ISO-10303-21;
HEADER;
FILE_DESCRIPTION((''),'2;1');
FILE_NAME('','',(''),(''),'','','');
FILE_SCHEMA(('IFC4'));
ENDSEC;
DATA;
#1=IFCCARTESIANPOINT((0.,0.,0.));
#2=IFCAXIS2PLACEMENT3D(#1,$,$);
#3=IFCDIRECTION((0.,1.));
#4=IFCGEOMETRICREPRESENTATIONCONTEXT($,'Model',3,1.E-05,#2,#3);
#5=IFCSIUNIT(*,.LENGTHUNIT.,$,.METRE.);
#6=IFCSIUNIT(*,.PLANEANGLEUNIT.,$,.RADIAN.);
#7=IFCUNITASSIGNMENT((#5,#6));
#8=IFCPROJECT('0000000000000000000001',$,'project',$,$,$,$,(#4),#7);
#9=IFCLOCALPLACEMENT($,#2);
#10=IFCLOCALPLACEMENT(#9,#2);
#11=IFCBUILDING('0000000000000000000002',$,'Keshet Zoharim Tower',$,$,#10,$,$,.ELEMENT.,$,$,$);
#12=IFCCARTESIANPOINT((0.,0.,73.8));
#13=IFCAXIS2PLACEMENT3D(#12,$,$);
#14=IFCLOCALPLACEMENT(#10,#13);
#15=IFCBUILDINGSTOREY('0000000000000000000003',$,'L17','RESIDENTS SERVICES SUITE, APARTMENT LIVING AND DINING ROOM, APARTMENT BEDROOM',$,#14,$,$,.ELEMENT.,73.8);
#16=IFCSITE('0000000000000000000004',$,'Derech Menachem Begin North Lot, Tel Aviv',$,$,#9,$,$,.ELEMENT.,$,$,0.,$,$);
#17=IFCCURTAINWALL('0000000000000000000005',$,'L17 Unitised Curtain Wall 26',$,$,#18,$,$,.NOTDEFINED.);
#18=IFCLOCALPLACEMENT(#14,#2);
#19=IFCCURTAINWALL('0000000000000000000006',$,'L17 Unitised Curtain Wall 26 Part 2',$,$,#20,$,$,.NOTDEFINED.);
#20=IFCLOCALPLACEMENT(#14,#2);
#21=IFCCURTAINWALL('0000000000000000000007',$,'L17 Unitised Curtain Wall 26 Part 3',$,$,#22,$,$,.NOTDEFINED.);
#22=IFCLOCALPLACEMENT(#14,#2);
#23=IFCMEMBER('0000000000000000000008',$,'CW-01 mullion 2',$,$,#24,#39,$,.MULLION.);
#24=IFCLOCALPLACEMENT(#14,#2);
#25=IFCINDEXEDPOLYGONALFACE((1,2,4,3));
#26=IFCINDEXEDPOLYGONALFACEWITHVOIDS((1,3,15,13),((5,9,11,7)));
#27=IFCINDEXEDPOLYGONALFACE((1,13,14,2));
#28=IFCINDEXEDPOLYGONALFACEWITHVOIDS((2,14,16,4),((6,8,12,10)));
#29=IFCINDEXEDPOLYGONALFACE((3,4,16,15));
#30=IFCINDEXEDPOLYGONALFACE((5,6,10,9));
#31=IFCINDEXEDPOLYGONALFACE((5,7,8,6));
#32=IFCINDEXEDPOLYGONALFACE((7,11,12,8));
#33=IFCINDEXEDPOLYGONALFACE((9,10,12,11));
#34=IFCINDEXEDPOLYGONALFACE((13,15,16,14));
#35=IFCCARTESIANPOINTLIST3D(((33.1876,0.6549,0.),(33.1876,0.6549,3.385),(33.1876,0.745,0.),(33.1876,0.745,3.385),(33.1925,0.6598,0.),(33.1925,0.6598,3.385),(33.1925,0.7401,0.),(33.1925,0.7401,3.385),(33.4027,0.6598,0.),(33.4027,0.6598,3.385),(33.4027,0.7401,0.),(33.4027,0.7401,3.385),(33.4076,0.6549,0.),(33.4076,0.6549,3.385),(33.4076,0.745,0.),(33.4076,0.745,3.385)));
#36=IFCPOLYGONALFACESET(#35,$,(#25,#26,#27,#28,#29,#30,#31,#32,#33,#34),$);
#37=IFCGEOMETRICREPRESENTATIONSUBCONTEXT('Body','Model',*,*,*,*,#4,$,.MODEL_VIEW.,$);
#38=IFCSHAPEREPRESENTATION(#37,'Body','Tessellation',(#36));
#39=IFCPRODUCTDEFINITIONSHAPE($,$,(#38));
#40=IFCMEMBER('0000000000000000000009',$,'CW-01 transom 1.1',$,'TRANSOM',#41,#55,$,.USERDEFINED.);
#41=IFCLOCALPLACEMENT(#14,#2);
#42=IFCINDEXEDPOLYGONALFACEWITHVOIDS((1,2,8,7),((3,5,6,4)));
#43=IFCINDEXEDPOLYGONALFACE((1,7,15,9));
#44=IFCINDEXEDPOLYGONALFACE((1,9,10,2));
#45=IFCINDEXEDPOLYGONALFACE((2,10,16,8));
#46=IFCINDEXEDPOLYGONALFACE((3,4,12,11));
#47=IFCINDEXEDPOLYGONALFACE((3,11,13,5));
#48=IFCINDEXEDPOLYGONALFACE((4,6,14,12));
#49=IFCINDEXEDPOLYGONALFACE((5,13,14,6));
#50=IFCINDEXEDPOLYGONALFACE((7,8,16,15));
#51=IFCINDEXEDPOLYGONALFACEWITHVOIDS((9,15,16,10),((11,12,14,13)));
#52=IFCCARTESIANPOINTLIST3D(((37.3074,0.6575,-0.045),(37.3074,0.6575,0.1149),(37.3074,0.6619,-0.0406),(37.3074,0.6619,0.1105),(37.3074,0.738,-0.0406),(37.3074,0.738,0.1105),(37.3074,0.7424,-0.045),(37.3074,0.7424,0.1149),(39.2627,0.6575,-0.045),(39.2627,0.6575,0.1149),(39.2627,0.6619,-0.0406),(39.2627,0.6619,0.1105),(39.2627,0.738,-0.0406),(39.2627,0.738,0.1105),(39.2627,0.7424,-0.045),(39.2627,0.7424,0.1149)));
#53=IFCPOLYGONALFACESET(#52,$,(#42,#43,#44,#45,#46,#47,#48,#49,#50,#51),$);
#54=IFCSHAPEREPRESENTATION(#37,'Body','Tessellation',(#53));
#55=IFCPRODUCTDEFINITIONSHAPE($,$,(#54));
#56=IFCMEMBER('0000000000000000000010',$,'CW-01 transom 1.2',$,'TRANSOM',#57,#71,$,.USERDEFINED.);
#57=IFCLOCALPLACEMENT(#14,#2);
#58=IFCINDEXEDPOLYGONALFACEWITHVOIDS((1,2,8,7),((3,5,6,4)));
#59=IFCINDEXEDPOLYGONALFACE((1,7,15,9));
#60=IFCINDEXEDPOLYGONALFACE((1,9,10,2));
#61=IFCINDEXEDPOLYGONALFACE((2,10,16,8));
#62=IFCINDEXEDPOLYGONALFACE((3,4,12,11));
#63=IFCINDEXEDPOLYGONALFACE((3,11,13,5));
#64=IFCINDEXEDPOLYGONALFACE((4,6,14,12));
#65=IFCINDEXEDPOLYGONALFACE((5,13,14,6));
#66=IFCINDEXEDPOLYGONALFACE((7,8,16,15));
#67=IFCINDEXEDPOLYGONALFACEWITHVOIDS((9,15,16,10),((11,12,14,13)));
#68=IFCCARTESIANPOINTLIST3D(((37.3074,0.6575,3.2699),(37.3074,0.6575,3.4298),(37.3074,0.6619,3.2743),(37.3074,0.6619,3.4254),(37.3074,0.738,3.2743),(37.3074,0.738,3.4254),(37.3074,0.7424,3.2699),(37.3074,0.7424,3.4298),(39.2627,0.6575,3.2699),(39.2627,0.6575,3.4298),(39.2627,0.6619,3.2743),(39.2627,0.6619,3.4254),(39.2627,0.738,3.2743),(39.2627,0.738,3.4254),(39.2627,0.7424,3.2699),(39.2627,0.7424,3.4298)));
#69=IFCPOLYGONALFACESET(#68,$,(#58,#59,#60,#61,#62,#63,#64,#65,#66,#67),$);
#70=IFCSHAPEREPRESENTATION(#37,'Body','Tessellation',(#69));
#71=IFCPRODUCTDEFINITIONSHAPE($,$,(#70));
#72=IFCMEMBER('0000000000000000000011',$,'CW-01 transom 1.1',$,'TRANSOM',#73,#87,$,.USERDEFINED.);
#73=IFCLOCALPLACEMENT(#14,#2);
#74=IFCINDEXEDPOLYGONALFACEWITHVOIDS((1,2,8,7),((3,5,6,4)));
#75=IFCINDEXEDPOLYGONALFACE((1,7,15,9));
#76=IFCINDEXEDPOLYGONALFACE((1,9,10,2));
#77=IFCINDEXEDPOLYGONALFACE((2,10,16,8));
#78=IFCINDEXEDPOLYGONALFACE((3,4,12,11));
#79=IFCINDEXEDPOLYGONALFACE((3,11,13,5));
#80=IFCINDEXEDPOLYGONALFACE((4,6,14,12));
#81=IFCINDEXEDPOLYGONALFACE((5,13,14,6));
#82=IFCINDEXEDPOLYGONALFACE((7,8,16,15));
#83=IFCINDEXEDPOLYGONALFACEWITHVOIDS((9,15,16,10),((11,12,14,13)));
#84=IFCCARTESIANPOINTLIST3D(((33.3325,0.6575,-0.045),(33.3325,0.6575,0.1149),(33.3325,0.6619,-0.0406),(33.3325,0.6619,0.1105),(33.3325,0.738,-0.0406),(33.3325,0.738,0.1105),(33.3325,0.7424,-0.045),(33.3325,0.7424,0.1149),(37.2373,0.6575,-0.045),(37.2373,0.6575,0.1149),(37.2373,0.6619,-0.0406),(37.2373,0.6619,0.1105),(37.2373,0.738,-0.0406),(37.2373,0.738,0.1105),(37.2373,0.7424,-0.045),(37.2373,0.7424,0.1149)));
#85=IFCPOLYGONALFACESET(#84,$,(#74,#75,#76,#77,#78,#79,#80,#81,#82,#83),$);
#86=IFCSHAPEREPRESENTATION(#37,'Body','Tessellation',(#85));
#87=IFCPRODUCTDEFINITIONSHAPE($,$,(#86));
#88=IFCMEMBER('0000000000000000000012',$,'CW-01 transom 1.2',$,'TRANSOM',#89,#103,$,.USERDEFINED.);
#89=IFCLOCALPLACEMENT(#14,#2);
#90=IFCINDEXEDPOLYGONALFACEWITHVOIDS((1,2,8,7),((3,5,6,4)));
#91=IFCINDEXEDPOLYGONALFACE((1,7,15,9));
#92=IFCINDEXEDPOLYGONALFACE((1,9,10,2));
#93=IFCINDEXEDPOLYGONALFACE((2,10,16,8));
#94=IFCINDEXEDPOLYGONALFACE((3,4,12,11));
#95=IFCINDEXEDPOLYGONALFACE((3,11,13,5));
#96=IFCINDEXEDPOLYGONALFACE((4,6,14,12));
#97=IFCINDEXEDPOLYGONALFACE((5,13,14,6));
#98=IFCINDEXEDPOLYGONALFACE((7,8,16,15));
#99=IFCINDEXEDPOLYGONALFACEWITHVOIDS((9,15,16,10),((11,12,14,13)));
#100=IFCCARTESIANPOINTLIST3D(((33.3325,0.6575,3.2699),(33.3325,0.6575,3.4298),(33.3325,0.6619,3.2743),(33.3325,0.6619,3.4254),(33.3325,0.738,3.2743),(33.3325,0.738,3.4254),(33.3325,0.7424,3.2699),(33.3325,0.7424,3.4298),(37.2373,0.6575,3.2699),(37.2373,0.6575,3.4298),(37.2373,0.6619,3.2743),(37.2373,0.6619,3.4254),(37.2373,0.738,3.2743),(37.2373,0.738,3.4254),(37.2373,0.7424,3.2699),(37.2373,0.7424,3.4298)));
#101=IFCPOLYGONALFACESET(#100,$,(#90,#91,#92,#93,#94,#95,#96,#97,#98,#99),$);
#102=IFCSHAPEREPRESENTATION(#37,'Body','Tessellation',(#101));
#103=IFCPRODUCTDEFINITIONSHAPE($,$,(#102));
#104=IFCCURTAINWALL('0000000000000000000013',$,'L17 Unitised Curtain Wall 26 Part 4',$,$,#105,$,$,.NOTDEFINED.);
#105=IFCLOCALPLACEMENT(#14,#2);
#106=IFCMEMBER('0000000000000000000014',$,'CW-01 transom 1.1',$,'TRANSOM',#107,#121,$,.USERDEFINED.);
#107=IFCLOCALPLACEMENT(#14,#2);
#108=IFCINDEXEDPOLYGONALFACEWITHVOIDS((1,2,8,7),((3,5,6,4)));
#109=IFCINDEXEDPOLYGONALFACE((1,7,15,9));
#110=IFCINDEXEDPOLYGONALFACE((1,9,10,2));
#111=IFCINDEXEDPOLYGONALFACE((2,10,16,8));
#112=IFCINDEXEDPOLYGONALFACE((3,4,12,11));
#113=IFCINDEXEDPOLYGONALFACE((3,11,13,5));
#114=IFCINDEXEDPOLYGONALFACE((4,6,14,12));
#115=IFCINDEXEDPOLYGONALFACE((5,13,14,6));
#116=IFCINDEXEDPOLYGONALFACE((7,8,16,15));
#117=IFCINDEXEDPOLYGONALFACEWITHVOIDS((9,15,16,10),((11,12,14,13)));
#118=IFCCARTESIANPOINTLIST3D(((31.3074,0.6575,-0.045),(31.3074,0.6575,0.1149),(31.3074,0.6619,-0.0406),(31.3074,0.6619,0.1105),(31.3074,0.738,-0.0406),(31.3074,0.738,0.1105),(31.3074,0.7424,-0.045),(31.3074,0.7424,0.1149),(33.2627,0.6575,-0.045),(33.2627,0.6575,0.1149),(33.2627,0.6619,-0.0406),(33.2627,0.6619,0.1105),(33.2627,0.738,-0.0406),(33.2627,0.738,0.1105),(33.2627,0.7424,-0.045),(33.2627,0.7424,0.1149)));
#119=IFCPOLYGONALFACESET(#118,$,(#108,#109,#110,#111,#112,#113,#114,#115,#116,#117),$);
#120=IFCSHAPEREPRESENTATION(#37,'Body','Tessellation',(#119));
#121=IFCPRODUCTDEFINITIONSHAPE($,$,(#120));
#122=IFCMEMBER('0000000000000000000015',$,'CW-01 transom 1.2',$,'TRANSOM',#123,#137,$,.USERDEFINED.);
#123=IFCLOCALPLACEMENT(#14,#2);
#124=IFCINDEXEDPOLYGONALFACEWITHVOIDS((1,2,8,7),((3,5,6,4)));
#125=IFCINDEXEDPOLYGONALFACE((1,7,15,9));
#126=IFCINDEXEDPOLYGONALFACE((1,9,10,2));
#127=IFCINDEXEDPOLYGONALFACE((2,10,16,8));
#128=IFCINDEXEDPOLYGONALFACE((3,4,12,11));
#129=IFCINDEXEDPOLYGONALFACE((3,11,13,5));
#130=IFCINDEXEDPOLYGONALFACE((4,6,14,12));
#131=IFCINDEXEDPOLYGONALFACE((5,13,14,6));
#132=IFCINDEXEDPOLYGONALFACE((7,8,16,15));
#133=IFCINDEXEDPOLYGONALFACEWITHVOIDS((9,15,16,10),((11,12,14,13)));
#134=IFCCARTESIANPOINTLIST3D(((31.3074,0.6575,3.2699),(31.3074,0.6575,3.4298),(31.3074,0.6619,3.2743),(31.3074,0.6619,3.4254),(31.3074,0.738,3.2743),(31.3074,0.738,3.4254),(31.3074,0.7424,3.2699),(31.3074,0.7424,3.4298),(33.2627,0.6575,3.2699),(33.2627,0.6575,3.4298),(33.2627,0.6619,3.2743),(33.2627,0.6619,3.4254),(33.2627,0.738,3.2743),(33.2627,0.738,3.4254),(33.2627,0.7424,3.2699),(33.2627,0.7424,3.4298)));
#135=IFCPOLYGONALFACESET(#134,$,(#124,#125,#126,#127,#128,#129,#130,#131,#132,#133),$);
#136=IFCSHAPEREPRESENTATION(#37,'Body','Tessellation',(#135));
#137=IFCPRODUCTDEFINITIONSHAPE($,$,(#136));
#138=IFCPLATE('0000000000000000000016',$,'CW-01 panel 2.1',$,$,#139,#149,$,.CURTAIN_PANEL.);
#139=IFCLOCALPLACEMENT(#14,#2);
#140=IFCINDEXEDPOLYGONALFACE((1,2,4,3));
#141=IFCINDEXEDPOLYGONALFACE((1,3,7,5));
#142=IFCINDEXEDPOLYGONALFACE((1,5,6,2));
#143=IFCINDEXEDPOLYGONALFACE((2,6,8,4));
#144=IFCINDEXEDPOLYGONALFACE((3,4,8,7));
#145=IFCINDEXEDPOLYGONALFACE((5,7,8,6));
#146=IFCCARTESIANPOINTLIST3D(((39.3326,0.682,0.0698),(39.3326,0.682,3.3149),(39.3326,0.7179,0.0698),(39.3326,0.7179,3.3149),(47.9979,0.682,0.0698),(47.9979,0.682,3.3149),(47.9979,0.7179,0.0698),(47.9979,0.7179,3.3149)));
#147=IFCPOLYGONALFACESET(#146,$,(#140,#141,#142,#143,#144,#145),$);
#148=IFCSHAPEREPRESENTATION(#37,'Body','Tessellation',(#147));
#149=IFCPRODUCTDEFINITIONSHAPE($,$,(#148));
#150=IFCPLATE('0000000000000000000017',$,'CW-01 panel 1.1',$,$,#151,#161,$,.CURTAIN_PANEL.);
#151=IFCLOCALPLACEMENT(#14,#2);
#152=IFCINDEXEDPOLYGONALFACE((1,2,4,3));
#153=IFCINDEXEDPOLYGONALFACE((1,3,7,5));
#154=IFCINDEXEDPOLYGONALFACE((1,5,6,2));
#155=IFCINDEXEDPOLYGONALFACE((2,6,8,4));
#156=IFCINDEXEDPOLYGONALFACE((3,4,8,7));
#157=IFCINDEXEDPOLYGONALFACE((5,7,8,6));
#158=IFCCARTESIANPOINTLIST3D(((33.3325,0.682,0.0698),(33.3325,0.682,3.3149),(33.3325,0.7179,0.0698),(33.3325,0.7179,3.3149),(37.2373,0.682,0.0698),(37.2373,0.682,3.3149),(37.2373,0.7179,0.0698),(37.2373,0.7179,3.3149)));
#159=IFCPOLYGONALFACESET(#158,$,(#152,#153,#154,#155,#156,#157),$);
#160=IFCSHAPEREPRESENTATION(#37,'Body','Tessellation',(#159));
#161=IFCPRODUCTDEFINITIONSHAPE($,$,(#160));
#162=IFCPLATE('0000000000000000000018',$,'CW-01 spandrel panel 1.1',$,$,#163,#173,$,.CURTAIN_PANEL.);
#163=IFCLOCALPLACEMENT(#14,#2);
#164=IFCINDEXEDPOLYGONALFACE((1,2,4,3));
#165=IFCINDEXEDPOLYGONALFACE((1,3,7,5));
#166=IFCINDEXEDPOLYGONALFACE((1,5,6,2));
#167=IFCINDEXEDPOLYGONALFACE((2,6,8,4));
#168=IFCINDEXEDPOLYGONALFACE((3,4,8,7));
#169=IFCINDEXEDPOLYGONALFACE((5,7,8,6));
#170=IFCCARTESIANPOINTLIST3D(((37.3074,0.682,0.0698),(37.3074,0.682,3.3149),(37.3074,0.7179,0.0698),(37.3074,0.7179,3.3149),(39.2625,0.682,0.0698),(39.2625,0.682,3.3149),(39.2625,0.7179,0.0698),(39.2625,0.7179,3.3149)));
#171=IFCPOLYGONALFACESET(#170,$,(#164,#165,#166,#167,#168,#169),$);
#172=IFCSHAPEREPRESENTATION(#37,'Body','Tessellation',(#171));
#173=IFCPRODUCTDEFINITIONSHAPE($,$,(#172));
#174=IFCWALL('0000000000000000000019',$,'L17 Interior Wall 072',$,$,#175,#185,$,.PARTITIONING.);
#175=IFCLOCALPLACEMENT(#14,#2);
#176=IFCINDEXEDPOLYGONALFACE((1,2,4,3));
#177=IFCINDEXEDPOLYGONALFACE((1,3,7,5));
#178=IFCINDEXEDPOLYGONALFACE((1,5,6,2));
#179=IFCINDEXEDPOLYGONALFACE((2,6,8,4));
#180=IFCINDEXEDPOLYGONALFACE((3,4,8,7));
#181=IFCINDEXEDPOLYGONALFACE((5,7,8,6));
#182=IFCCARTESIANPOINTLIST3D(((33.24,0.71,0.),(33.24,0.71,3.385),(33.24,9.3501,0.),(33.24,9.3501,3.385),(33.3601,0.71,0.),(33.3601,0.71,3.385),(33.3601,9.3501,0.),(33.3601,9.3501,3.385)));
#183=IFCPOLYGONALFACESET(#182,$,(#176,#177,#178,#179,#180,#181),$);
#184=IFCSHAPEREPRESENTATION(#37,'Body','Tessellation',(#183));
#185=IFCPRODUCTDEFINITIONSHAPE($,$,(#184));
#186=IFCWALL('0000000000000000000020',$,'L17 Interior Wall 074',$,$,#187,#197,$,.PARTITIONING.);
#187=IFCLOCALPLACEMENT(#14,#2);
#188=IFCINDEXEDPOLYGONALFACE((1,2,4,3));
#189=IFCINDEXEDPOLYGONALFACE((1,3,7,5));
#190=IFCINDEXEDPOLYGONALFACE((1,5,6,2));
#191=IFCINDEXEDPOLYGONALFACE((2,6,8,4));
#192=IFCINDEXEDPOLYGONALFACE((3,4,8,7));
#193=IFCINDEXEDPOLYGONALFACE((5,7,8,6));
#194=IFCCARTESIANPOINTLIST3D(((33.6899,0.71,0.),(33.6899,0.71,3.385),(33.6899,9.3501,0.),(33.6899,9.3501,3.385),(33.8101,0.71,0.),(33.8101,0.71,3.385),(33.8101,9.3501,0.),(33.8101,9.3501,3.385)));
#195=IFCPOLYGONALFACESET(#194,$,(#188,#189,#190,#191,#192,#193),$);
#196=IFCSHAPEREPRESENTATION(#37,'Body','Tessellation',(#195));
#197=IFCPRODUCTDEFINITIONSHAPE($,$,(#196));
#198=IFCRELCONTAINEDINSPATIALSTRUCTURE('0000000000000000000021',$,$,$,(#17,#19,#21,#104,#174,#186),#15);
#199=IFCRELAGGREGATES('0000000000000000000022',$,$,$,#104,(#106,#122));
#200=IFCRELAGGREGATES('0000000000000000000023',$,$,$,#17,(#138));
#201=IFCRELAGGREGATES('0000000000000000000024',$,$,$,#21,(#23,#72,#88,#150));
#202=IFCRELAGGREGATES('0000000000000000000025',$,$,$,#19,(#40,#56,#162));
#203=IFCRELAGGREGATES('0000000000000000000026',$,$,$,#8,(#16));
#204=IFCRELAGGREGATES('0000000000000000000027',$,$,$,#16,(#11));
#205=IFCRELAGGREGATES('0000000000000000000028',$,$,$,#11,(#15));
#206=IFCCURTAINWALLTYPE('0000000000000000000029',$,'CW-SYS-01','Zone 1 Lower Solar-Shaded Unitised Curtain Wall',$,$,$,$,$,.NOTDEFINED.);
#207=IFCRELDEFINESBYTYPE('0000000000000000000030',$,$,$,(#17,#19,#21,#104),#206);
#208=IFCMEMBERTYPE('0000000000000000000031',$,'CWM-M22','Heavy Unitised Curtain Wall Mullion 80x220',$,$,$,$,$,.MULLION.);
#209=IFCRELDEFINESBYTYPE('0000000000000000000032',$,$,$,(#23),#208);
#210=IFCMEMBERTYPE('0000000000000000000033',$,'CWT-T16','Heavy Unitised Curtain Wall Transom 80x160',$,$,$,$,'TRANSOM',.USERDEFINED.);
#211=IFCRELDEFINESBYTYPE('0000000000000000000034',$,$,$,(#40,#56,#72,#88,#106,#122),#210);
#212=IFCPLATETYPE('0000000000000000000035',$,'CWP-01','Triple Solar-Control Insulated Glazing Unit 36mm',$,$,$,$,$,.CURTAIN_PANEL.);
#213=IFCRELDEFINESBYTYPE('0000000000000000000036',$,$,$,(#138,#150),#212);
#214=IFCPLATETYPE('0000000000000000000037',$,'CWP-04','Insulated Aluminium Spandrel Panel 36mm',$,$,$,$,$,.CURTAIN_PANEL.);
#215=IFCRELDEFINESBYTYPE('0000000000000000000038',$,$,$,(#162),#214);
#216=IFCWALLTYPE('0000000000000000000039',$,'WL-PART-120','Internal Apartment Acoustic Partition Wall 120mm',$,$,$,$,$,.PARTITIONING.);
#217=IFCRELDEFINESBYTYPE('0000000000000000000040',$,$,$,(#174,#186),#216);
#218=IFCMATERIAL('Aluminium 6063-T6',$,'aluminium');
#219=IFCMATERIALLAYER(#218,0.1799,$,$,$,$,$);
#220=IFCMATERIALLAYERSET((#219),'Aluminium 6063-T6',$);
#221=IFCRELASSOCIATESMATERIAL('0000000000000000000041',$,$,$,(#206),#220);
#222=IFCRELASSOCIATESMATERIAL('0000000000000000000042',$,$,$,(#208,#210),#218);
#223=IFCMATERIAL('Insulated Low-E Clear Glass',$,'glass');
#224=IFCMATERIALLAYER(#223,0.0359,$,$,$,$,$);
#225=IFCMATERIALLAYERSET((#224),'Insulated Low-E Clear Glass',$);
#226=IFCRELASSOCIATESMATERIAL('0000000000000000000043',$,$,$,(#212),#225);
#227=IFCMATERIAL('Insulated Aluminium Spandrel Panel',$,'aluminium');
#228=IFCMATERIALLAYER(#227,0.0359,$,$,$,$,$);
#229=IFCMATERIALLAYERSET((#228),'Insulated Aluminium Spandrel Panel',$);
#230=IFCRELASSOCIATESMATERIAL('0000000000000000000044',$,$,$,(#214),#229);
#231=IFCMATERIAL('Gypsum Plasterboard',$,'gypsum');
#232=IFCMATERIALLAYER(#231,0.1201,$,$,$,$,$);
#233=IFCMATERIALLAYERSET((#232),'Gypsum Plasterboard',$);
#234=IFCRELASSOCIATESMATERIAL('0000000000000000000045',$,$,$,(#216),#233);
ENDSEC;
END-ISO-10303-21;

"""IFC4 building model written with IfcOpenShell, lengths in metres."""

from ifc_helpers import new_model, si_unit, direction, frame, frame_2d, origin, origin_2d, place, context, subcontext, project, spatial, rectangle, hollow_rectangle, extrude, material, layer, layer_set, material_profile, profile_set, type_object, element, aggregate, save


model = new_model("IFC4")

# Units and contexts
model_context = context("Model", 3, precision=1e-05, world=origin(), true_north=direction((0.0, 1.0)))
body_context = subcontext(model_context, "Body", "Model", "MODEL_VIEW")
ifc_project = project(units=[si_unit("LENGTHUNIT", "METRE"), si_unit("PLANEANGLEUNIT", "RADIAN")], contexts=[model_context])

# Site, building, storey
site_placement = place(None, origin())
site = spatial("IfcSite", under=ifc_project, at=site_placement, Name="Derech Menachem Begin North Lot, Tel Aviv", CompositionType="ELEMENT", RefElevation=0.0)
building_placement = place(site_placement, origin())
building = spatial("IfcBuilding", under=site, at=building_placement, Name="Keshet Zoharim Tower", CompositionType="ELEMENT")
storey_placement = place(building_placement, frame((0.0, 0.0, 73.8)))
storey = spatial("IfcBuildingStorey", under=building, at=storey_placement, Name="L17", Description="RESIDENTS SERVICES SUITE, APARTMENT LIVING AND DINING ROOM, APARTMENT BEDROOM", CompositionType="ELEMENT", Elevation=73.8)

# Curtain walls, member
ifc_material_1 = material(Name="Aluminium 6063-T6", Category="aluminium")
ifc_layer_1 = layer(ifc_material_1, 0.1799)
ifc_layer_set_1 = layer_set([ifc_layer_1], Name="Aluminium 6063-T6")
curtain_wall_type = type_object("IfcCurtainWallType", Name="CW-SYS-01", Description="Zone 1 Lower Solar-Shaded Unitised Curtain Wall", PredefinedType="NOTDEFINED", material=ifc_layer_set_1)
curtain_wall_1_placement = place(storey_placement, origin())
curtain_wall_1 = element("IfcCurtainWall", 1, at=curtain_wall_1_placement, inside=storey, type_object=curtain_wall_type, Name="L17 Unitised Curtain Wall 26", PredefinedType="NOTDEFINED")
ifc_material_profile_1 = material_profile(ifc_material_1, hollow_rectangle(XDim=0.0901, YDim=0.22, WallThickness=0.0049, at=origin_2d()), Name="MUL-90x220")
ifc_profile_set_1 = profile_set([ifc_material_profile_1], Name="Aluminium 6063-T6")
member_type_1 = type_object("IfcMemberType", Name="CWM-M22", Description="Heavy Unitised Curtain Wall Mullion 80x220", PredefinedType="MULLION", material=ifc_profile_set_1)
curtain_wall_2_placement = place(storey_placement, origin())
curtain_wall_2 = element("IfcCurtainWall", 2, at=curtain_wall_2_placement, inside=storey, type_object=curtain_wall_type, Name="L17 Unitised Curtain Wall 26 Part 2", PredefinedType="NOTDEFINED")
curtain_wall_3_placement = place(storey_placement, origin())
curtain_wall_3 = element("IfcCurtainWall", 3, at=curtain_wall_3_placement, inside=storey, type_object=curtain_wall_type, Name="L17 Unitised Curtain Wall 26 Part 3", PredefinedType="NOTDEFINED")
member_1_placement = place(storey_placement, frame((33.2976, 0.7, 0.0), z_axis=(0.0, 0.0, 1.0), x_axis=(0.0, -1.0, 0.0)))
member_1 = element("IfcMember", 4, at=member_1_placement, type_object=member_type_1, Name="CW-01 mullion 2", PredefinedType="MULLION", context=body_context, shape_type="SweptSolid", body=[
    extrude(hollow_rectangle(XDim=0.0901, YDim=0.22, WallThickness=0.0049, at=origin_2d()), origin(), (0.0, 0.0, 1.0), 3.385),
])

# Members
ifc_material_profile_2 = material_profile(ifc_material_1, hollow_rectangle(XDim=0.085, YDim=0.1599, WallThickness=0.0044, at=origin_2d()), Name="TRN-85x160")
ifc_profile_set_2 = profile_set([ifc_material_profile_2], Name="Aluminium 6063-T6")
member_type_2 = type_object("IfcMemberType", Name="CWT-T16", Description="Heavy Unitised Curtain Wall Transom 80x160", ElementType="TRANSOM", PredefinedType="USERDEFINED", material=ifc_profile_set_2)
member_2_placement = place(storey_placement, frame((39.2627, 0.7, 0.0349), z_axis=(-1.0, 0.0, 0.0), x_axis=(0.0, -1.0, 0.0)))
member_2 = element("IfcMember", 5, at=member_2_placement, type_object=member_type_2, Name="CW-01 transom 1.1", ObjectType="TRANSOM", PredefinedType="USERDEFINED", context=body_context, shape_type="SweptSolid", body=[
    extrude(hollow_rectangle(XDim=0.085, YDim=0.1599, WallThickness=0.0044, at=origin_2d()), origin(), (0.0, 0.0, 1.0), 1.9553),
])
member_3_placement = place(storey_placement, frame((39.2627, 0.7, 3.3499), z_axis=(-1.0, 0.0, 0.0), x_axis=(0.0, -1.0, 0.0)))
member_3 = element("IfcMember", 6, at=member_3_placement, type_object=member_type_2, Name="CW-01 transom 1.2", ObjectType="TRANSOM", PredefinedType="USERDEFINED", context=body_context, shape_type="SweptSolid", body=[
    extrude(hollow_rectangle(XDim=0.085, YDim=0.1599, WallThickness=0.0044, at=origin_2d()), origin(), (0.0, 0.0, 1.0), 1.9553),
])
member_4_placement = place(storey_placement, frame((37.2373, 0.7, 0.0349), z_axis=(-1.0, 0.0, 0.0), x_axis=(0.0, -1.0, 0.0)))
member_4 = element("IfcMember", 7, at=member_4_placement, type_object=member_type_2, Name="CW-01 transom 1.1", ObjectType="TRANSOM", PredefinedType="USERDEFINED", context=body_context, shape_type="SweptSolid", body=[
    extrude(hollow_rectangle(XDim=0.085, YDim=0.1599, WallThickness=0.0044, at=origin_2d()), origin(), (0.0, 0.0, 1.0), 3.9048),
])
member_5_placement = place(storey_placement, frame((37.2373, 0.7, 3.3499), z_axis=(-1.0, 0.0, 0.0), x_axis=(0.0, -1.0, 0.0)))
member_5 = element("IfcMember", 8, at=member_5_placement, type_object=member_type_2, Name="CW-01 transom 1.2", ObjectType="TRANSOM", PredefinedType="USERDEFINED", context=body_context, shape_type="SweptSolid", body=[
    extrude(hollow_rectangle(XDim=0.085, YDim=0.1599, WallThickness=0.0044, at=origin_2d()), origin(), (0.0, 0.0, 1.0), 3.9048),
])

# Curtain wall, members
curtain_wall_4_placement = place(storey_placement, origin())
curtain_wall_4 = element("IfcCurtainWall", 9, at=curtain_wall_4_placement, inside=storey, type_object=curtain_wall_type, Name="L17 Unitised Curtain Wall 26 Part 4", PredefinedType="NOTDEFINED")
member_6_placement = place(storey_placement, frame((33.2627, 0.7, 0.0349), z_axis=(-1.0, 0.0, 0.0), x_axis=(0.0, -1.0, 0.0)))
member_6 = element("IfcMember", 10, at=member_6_placement, type_object=member_type_2, Name="CW-01 transom 1.1", ObjectType="TRANSOM", PredefinedType="USERDEFINED", context=body_context, shape_type="SweptSolid", body=[
    extrude(hollow_rectangle(XDim=0.085, YDim=0.1599, WallThickness=0.0044, at=origin_2d()), origin(), (0.0, 0.0, 1.0), 1.9553),
])
member_7_placement = place(storey_placement, frame((33.2627, 0.7, 3.3499), z_axis=(-1.0, 0.0, 0.0), x_axis=(0.0, -1.0, 0.0)))
member_7 = element("IfcMember", 11, at=member_7_placement, type_object=member_type_2, Name="CW-01 transom 1.2", ObjectType="TRANSOM", PredefinedType="USERDEFINED", context=body_context, shape_type="SweptSolid", body=[
    extrude(hollow_rectangle(XDim=0.085, YDim=0.1599, WallThickness=0.0044, at=origin_2d()), origin(), (0.0, 0.0, 1.0), 1.9553),
])
aggregate(curtain_wall_4, [member_6, member_7])

# Plates
ifc_material_2 = material(Name="Insulated Low-E Clear Glass", Category="glass")
ifc_layer_2 = layer(ifc_material_2, 0.0359)
ifc_layer_set_2 = layer_set([ifc_layer_2], Name="Insulated Low-E Clear Glass")
plate_type_1 = type_object("IfcPlateType", Name="CWP-01", Description="Triple Solar-Control Insulated Glazing Unit 36mm", PredefinedType="CURTAIN_PANEL", material=ifc_layer_set_2)
plate_1_placement = place(storey_placement, frame((43.6653, 0.7, 0.0698), z_axis=(0.0, 0.0, 1.0), x_axis=(-1.0, 0.0, 0.0)))
plate_1 = element("IfcPlate", 12, at=plate_1_placement, type_object=plate_type_1, Name="CW-01 panel 2.1", PredefinedType="CURTAIN_PANEL", context=body_context, shape_type="SweptSolid", body=[
    extrude(rectangle(XDim=8.6653, YDim=0.0359, at=origin_2d()), origin(), (0.0, 0.0, 1.0), 3.2451),
])
aggregate(curtain_wall_1, [plate_1])
plate_2_placement = place(storey_placement, frame((35.2849, 0.7, 0.0698), z_axis=(0.0, 0.0, 1.0), x_axis=(-1.0, 0.0, 0.0)))
plate_2 = element("IfcPlate", 13, at=plate_2_placement, type_object=plate_type_1, Name="CW-01 panel 1.1", PredefinedType="CURTAIN_PANEL", context=body_context, shape_type="SweptSolid", body=[
    extrude(rectangle(XDim=3.9048, YDim=0.0359, at=origin_2d()), origin(), (0.0, 0.0, 1.0), 3.2451),
])
aggregate(curtain_wall_3, [member_1, member_4, member_5, plate_2])
ifc_material_3 = material(Name="Insulated Aluminium Spandrel Panel", Category="aluminium")
ifc_layer_3 = layer(ifc_material_3, 0.0359)
ifc_layer_set_3 = layer_set([ifc_layer_3], Name="Insulated Aluminium Spandrel Panel")
plate_type_2 = type_object("IfcPlateType", Name="CWP-04", Description="Insulated Aluminium Spandrel Panel 36mm", PredefinedType="CURTAIN_PANEL", material=ifc_layer_set_3)
plate_3_placement = place(storey_placement, frame((38.2849, 0.7, 0.0698), z_axis=(0.0, 0.0, 1.0), x_axis=(-1.0, 0.0, 0.0)))
plate_3 = element("IfcPlate", 14, at=plate_3_placement, type_object=plate_type_2, Name="CW-01 spandrel panel 1.1", PredefinedType="CURTAIN_PANEL", context=body_context, shape_type="SweptSolid", body=[
    extrude(rectangle(XDim=1.9551, YDim=0.0359, at=origin_2d()), origin(), (0.0, 0.0, 1.0), 3.2451),
])
aggregate(curtain_wall_2, [member_2, member_3, plate_3])

# Walls
ifc_material_4 = material(Name="Gypsum Plasterboard", Category="gypsum")
ifc_layer_4 = layer(ifc_material_4, 0.1201)
ifc_layer_set_4 = layer_set([ifc_layer_4], Name="Gypsum Plasterboard")
wall_type = type_object("IfcWallType", Name="WL-PART-120", Description="Internal Apartment Acoustic Partition Wall 120mm", PredefinedType="PARTITIONING", material=ifc_layer_set_4)
for number, where, z_axis, x_axis, name in (
    (15, (33.3, 0.71, 0.0), (0.0, 0.0, 1.0), (0.0, 1.0, 0.0), "L17 Interior Wall 072"),
    (16, (33.75, 0.71, 0.0), (0.0, 0.0, 1.0), (0.0, 1.0, 0.0), "L17 Interior Wall 074"),
):
    element("IfcWall", number, at=place(storey_placement, frame(where, z_axis=z_axis, x_axis=x_axis)), inside=storey, type_object=wall_type, Name=name, PredefinedType="PARTITIONING", context=body_context, shape_type="SweptSolid", body=[
        extrude(rectangle(XDim=8.6401, YDim=0.1201, at=frame_2d((4.3201, 0.0))), origin(), (0.0, 0.0, 1.0), 3.385),
    ])

save(model, "model.ifc")
